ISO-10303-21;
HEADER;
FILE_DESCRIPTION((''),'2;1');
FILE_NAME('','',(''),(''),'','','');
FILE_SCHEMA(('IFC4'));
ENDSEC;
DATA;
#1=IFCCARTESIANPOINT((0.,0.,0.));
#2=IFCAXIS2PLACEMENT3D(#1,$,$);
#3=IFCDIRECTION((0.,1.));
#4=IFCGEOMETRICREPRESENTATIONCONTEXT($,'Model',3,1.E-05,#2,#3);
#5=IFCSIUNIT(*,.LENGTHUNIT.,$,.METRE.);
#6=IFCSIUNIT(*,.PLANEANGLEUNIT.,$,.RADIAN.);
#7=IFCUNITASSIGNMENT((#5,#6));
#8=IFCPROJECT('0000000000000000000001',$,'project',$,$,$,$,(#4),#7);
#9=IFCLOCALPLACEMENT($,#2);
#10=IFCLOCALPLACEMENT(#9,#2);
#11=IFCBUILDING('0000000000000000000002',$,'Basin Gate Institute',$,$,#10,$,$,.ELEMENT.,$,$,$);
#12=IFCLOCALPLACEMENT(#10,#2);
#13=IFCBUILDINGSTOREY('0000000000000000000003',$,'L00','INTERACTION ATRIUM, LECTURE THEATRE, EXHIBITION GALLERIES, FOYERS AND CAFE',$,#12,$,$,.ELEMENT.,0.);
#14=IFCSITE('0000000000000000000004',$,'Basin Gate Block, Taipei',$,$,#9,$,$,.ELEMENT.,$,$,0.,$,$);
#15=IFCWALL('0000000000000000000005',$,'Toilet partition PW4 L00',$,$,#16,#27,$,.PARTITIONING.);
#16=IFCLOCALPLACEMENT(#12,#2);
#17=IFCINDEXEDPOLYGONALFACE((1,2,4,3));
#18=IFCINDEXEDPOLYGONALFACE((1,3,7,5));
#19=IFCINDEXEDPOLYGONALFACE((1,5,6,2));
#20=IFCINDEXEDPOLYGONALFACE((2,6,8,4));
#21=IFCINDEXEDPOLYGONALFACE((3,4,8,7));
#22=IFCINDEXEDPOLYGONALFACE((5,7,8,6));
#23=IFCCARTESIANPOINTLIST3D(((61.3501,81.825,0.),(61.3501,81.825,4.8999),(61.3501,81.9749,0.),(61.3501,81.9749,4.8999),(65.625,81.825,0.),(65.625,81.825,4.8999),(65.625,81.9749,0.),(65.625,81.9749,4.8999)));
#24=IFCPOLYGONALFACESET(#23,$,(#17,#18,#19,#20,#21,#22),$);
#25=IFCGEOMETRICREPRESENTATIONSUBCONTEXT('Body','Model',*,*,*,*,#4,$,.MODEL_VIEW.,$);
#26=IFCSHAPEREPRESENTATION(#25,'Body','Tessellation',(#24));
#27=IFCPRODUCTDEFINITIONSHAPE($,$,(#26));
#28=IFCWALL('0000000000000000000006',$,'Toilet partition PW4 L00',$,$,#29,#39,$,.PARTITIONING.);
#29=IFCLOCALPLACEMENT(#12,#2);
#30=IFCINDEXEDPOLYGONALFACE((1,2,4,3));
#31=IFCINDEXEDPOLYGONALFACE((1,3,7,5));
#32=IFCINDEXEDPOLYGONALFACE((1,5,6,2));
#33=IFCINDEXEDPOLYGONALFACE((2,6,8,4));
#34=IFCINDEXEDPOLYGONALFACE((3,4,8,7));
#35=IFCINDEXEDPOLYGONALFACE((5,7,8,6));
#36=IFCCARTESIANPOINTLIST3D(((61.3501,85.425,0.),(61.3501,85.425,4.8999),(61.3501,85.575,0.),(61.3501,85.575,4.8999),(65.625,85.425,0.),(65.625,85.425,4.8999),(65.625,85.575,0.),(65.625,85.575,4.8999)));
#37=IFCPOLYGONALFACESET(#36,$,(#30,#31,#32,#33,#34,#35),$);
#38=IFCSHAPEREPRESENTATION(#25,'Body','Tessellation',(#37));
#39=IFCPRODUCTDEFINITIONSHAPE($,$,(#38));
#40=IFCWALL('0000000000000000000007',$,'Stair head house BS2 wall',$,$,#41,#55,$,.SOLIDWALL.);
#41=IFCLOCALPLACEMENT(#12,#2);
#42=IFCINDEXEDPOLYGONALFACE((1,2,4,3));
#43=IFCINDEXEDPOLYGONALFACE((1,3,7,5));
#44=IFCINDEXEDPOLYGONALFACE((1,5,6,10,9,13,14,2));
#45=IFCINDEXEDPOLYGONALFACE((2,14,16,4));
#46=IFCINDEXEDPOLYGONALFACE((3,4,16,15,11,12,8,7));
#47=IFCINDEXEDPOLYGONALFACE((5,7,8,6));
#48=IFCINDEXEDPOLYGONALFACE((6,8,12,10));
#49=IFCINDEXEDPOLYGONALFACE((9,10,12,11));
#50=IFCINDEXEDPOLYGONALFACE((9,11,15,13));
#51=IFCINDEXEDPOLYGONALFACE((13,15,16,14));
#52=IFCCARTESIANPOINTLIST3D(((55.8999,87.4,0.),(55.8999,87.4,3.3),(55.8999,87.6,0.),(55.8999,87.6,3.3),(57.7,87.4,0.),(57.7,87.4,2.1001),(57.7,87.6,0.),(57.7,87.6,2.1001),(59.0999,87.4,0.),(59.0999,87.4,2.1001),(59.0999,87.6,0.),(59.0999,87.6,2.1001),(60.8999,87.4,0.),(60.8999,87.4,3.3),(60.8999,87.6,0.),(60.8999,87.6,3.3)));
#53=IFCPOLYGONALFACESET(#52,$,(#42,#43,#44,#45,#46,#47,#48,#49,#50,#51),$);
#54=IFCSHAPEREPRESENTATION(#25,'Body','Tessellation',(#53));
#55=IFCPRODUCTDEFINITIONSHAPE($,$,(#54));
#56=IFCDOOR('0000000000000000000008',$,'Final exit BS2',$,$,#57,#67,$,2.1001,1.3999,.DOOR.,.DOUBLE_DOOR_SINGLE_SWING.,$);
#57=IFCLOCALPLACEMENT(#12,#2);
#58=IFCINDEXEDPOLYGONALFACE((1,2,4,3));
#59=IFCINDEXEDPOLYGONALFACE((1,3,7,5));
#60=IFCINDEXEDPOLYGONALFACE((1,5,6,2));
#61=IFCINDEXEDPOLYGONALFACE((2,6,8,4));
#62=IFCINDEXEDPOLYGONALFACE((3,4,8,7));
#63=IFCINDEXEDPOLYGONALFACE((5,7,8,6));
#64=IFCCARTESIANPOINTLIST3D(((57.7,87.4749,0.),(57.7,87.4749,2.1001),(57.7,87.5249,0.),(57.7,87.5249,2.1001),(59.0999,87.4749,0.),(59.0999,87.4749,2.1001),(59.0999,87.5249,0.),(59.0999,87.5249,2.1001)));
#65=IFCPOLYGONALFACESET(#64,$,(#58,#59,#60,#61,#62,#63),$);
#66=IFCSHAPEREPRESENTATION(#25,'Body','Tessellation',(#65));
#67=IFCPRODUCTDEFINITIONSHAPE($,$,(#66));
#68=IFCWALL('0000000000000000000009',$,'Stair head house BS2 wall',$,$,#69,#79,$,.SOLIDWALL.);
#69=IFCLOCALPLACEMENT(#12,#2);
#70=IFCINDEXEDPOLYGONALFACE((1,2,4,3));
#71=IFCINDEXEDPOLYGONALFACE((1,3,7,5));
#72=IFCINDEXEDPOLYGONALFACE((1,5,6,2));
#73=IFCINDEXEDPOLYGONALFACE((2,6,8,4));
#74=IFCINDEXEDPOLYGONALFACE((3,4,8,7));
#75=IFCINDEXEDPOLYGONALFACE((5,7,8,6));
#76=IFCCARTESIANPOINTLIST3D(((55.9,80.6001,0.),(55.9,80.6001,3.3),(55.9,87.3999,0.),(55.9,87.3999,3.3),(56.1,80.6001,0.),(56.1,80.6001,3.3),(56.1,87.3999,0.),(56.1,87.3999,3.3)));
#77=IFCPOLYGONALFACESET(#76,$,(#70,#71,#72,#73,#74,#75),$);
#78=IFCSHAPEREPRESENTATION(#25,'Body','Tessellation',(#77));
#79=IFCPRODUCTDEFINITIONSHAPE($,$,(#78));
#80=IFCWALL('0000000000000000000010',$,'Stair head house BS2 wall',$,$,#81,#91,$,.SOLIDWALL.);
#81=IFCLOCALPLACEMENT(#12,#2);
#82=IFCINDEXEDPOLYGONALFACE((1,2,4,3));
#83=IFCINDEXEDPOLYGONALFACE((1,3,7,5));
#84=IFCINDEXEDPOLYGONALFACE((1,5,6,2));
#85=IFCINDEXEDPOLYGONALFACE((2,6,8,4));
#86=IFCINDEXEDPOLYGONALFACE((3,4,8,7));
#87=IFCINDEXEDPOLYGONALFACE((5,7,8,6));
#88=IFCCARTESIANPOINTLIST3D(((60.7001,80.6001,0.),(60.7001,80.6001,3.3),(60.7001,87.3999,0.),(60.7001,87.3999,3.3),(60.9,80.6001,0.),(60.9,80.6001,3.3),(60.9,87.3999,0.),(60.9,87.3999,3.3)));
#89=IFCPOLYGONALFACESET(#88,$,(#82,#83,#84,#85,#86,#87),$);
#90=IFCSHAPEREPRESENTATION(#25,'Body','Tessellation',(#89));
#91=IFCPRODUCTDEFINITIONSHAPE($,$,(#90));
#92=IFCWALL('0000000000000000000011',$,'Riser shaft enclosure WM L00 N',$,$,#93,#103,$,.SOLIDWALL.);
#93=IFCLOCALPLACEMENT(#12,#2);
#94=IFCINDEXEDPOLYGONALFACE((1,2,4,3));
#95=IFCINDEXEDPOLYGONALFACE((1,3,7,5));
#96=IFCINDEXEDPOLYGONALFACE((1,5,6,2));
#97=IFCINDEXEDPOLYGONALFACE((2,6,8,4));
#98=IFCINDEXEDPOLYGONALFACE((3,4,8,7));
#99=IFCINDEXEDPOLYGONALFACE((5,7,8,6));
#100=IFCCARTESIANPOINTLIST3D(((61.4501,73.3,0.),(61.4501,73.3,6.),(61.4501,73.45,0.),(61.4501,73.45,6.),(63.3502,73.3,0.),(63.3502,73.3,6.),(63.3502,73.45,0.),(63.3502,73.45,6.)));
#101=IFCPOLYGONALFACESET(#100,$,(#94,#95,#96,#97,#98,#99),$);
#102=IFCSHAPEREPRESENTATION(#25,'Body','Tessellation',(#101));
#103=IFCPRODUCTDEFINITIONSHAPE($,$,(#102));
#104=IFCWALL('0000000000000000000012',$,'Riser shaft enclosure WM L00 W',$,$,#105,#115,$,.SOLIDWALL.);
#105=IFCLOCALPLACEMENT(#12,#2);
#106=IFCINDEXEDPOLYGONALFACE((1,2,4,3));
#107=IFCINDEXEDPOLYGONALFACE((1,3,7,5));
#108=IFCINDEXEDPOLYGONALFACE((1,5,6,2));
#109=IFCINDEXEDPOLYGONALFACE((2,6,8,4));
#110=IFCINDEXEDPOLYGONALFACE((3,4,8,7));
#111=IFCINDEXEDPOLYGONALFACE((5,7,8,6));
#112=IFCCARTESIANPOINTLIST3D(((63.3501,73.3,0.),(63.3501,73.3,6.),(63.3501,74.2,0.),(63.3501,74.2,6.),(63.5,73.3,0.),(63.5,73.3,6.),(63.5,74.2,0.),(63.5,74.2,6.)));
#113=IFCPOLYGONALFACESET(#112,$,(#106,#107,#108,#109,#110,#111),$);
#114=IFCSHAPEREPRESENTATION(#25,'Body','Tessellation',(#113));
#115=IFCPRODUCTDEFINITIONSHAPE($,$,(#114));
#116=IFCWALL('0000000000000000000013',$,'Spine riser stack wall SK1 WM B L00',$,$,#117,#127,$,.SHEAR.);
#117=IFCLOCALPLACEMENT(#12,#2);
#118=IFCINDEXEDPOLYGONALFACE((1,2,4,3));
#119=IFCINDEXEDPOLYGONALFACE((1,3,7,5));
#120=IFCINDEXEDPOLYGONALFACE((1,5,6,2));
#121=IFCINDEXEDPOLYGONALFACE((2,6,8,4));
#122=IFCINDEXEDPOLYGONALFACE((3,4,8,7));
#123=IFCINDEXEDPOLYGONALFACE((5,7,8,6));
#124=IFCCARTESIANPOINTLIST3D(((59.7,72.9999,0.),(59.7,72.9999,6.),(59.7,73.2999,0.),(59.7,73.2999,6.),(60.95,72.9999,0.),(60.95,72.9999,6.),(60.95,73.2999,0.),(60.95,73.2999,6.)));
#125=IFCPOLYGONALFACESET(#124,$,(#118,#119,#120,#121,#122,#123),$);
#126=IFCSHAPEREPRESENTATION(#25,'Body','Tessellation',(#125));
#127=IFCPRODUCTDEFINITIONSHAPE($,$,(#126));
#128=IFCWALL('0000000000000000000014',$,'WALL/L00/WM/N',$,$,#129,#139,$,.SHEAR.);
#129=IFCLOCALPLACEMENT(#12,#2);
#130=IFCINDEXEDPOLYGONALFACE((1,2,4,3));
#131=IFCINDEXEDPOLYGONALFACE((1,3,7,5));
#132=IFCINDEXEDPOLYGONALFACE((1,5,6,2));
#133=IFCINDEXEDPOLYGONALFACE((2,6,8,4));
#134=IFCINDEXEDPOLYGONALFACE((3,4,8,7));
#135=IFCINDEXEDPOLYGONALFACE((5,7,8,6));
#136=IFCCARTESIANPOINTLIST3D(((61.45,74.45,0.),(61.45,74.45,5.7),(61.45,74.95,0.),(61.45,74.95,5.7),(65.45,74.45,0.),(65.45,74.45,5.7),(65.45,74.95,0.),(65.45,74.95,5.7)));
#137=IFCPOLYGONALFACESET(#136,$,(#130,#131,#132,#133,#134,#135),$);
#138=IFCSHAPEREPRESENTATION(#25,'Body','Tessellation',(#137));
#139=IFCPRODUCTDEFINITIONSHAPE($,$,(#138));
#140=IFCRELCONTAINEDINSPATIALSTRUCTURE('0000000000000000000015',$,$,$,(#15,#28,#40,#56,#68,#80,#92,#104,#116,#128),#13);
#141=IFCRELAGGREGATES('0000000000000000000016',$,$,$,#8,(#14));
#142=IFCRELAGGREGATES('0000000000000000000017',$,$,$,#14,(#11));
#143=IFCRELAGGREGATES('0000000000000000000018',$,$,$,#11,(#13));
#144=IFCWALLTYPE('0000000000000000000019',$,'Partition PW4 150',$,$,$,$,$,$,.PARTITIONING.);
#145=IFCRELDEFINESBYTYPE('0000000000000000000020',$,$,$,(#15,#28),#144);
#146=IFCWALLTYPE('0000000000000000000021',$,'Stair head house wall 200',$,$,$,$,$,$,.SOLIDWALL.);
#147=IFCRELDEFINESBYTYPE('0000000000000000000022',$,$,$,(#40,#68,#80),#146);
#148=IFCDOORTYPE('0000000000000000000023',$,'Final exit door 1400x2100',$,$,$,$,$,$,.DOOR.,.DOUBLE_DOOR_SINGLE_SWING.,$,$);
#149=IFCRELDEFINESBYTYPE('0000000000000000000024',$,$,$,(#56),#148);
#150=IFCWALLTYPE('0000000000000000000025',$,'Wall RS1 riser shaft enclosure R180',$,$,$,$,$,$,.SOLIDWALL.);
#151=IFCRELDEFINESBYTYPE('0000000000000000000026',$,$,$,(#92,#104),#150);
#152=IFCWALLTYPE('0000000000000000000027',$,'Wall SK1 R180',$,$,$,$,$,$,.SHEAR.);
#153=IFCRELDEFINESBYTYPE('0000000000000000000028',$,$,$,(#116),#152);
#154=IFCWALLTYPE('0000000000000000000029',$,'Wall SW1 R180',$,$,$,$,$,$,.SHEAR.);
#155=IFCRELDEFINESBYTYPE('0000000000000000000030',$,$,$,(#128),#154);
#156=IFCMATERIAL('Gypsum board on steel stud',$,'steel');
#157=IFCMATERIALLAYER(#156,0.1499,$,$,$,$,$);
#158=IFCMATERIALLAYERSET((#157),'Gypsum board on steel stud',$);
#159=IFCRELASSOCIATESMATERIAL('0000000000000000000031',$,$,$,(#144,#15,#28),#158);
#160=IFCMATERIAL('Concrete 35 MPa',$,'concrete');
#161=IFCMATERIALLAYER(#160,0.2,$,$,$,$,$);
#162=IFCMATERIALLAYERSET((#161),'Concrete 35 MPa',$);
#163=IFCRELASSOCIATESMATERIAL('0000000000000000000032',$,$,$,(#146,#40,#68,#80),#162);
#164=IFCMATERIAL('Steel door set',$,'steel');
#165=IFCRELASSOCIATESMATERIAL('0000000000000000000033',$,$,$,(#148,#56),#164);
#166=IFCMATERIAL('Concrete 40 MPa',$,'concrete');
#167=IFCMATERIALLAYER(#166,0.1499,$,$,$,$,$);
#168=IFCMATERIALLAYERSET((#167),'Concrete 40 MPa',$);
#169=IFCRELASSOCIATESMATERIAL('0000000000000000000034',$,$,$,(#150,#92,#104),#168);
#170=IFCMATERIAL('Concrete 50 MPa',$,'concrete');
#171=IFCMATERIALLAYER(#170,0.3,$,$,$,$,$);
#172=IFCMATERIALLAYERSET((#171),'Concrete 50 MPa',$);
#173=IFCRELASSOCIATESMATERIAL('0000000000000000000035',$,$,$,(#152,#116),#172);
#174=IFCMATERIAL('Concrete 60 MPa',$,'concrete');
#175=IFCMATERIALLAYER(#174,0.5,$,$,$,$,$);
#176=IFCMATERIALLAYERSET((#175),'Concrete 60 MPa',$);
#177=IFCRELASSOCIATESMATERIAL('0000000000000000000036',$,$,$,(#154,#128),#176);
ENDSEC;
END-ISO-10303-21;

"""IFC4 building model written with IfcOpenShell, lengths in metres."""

from ifc_helpers import new_model, si_unit, direction, frame, frame_2d, origin, place, context, subcontext, project, spatial, rectangle, extrude, material, layer, layer_set, type_object, element, fill, save


model = new_model("IFC4")

# Units and contexts
model_context = context("Model", 3, precision=1e-05, world=origin(), true_north=direction((0.0, 1.0)))
body_context = subcontext(model_context, "Body", "Model", "MODEL_VIEW")
ifc_project = project(units=[si_unit("LENGTHUNIT", "METRE"), si_unit("PLANEANGLEUNIT", "RADIAN")], contexts=[model_context])

# Site, building, storey
site_placement = place(None, origin())
site = spatial("IfcSite", under=ifc_project, at=site_placement, Name="Basin Gate Block, Taipei", CompositionType="ELEMENT", RefElevation=0.0)
building_placement = place(site_placement, origin())
building = spatial("IfcBuilding", under=site, at=building_placement, Name="Basin Gate Institute", CompositionType="ELEMENT")
storey_placement = place(building_placement, origin())
storey = spatial("IfcBuildingStorey", under=building, at=storey_placement, Name="L00", Description="INTERACTION ATRIUM, LECTURE THEATRE, EXHIBITION GALLERIES, FOYERS AND CAFE", CompositionType="ELEMENT", Elevation=0.0)

# Walls
ifc_material_1 = material(Name="Gypsum board on steel stud", Category="steel")
ifc_layer_1 = layer(ifc_material_1, 0.1499)
ifc_layer_set_1 = layer_set([ifc_layer_1], Name="Gypsum board on steel stud")
wall_type_1 = type_object("IfcWallType", Name="Partition PW4 150", PredefinedType="PARTITIONING", material=ifc_layer_set_1)
for number, where, z_axis, x_axis, name in (
    (1, (61.3501, 81.8999, 0.0), (0.0, 0.0, 1.0), (1.0, 0.0, 0.0), "Toilet partition PW4 L00"),
    (2, (61.3501, 85.5, 0.0), (0.0, 0.0, 1.0), (1.0, 0.0, 0.0), "Toilet partition PW4 L00"),
):
    element("IfcWall", number, at=place(storey_placement, frame(where, z_axis=z_axis, x_axis=x_axis)), inside=storey, type_object=wall_type_1, material=ifc_layer_set_1, Name=name, PredefinedType="PARTITIONING", context=body_context, shape_type="SweptSolid", body=[
        extrude(rectangle(XDim=4.2749, YDim=0.1499, at=frame_2d((2.1375, 0.0))), origin(), (0.0, 0.0, 1.0), 4.8999),
    ])

# Wall, opening, door
ifc_material_2 = material(Name="Concrete 35 MPa", Category="concrete")
ifc_layer_2 = layer(ifc_material_2, 0.2)
ifc_layer_set_2 = layer_set([ifc_layer_2], Name="Concrete 35 MPa")
wall_type_2 = type_object("IfcWallType", Name="Stair head house wall 200", PredefinedType="SOLIDWALL", material=ifc_layer_set_2)
wall_1_placement = place(storey_placement, frame((55.8999, 87.5, 0.0), z_axis=(0.0, 0.0, 1.0), x_axis=(1.0, 0.0, 0.0)))
wall_1 = element("IfcWall", 3, at=wall_1_placement, inside=storey, type_object=wall_type_2, material=ifc_layer_set_2, Name="Stair head house BS2 wall", PredefinedType="SOLIDWALL", context=body_context, shape_type="SweptSolid", body=[
    extrude(rectangle(XDim=5.0, YDim=0.2, at=frame_2d((2.5, 0.0))), origin(), (0.0, 0.0, 1.0), 3.3),
])
opening_1_placement = place(wall_1_placement, frame((1.8, 0.0, 0.0)))
opening_1 = element("IfcOpeningElement", 4, at=opening_1_placement, cuts=wall_1, PredefinedType="OPENING", context=body_context, shape_type="SweptSolid", body=[
    extrude(rectangle(XDim=1.3999, YDim=2.1001, at=frame_2d((0.7, 1.05))), frame((0.0, 0.1099, 0.0), z_axis=(0.0, -1.0, 0.0), x_axis=(1.0, 0.0, 0.0)), (0.0, 0.0, 1.0), 0.22),
])
ifc_material_3 = material(Name="Steel door set", Category="steel")
door_type_1 = type_object("IfcDoorType", Name="Final exit door 1400x2100", OperationType="DOUBLE_DOOR_SINGLE_SWING", PredefinedType="DOOR", material=ifc_material_3)
door_1_placement = place(opening_1_placement, origin())
door_1 = element("IfcDoor", 5, at=door_1_placement, inside=storey, type_object=door_type_1, material=ifc_material_3, Name="Final exit BS2", OperationType="DOUBLE_DOOR_SINGLE_SWING", OverallHeight=2.1001, OverallWidth=1.3999, PredefinedType="DOOR", context=body_context, shape_type="SweptSolid", body=[
    extrude(rectangle(XDim=1.3999, YDim=2.1001, at=frame_2d((0.7, 1.05))), frame((0.0, 0.0249, 0.0), z_axis=(0.0, -1.0, 0.0), x_axis=(1.0, 0.0, 0.0)), (0.0, 0.0, 1.0), 0.05),
])
fill(opening_1, door_1)

# Walls
for number, where, z_axis, x_axis, name in (
    (6, (56.0, 80.6001, 0.0), (0.0, 0.0, 1.0), (0.0, 1.0, 0.0), "Stair head house BS2 wall"),
    (7, (60.8, 80.6001, 0.0), (0.0, 0.0, 1.0), (0.0, 1.0, 0.0), "Stair head house BS2 wall"),
):
    element("IfcWall", number, at=place(storey_placement, frame(where, z_axis=z_axis, x_axis=x_axis)), inside=storey, type_object=wall_type_2, material=ifc_layer_set_2, Name=name, PredefinedType="SOLIDWALL", context=body_context, shape_type="SweptSolid", body=[
        extrude(rectangle(XDim=6.7998, YDim=0.2, at=frame_2d((3.3999, 0.0))), origin(), (0.0, 0.0, 1.0), 3.3),
    ])
ifc_material_4 = material(Name="Concrete 40 MPa", Category="concrete")
ifc_layer_3 = layer(ifc_material_4, 0.1499)
ifc_layer_set_3 = layer_set([ifc_layer_3], Name="Concrete 40 MPa")
wall_type_3 = type_object("IfcWallType", Name="Wall RS1 riser shaft enclosure R180", PredefinedType="SOLIDWALL", material=ifc_layer_set_3)
wall_2_placement = place(storey_placement, frame((61.45, 73.375, 0.0), z_axis=(0.0, 0.0, 1.0), x_axis=(1.0, 0.0, 0.0)))
element("IfcWall", 8, at=wall_2_placement, inside=storey, type_object=wall_type_3, material=ifc_layer_set_3, Name="Riser shaft enclosure WM L00 N", PredefinedType="SOLIDWALL", context=body_context, shape_type="SweptSolid", body=[
    extrude(rectangle(XDim=1.9001, YDim=0.1499, at=frame_2d((0.9502, 0.0))), origin(), (0.0, 0.0, 1.0), 6.0),
])
wall_3_placement = place(storey_placement, frame((63.425, 73.3, 0.0), z_axis=(0.0, 0.0, 1.0), x_axis=(0.0, 1.0, 0.0)))
element("IfcWall", 9, at=wall_3_placement, inside=storey, type_object=wall_type_3, material=ifc_layer_set_3, Name="Riser shaft enclosure WM L00 W", PredefinedType="SOLIDWALL", context=body_context, shape_type="SweptSolid", body=[
    extrude(rectangle(XDim=0.8999, YDim=0.1499, at=frame_2d((0.45, 0.0))), origin(), (0.0, 0.0, 1.0), 6.0),
])
ifc_material_5 = material(Name="Concrete 50 MPa", Category="concrete")
ifc_layer_4 = layer(ifc_material_5, 0.3)
ifc_layer_set_4 = layer_set([ifc_layer_4], Name="Concrete 50 MPa")
wall_type_4 = type_object("IfcWallType", Name="Wall SK1 R180", PredefinedType="SHEAR", material=ifc_layer_set_4)
wall_4_placement = place(storey_placement, frame((60.95, 73.1499, 0.0), z_axis=(0.0, 0.0, 1.0), x_axis=(-1.0, 0.0, 0.0)))
element("IfcWall", 10, at=wall_4_placement, inside=storey, type_object=wall_type_4, material=ifc_layer_set_4, Name="Spine riser stack wall SK1 WM B L00", PredefinedType="SHEAR", context=body_context, shape_type="SweptSolid", body=[
    extrude(rectangle(XDim=1.25, YDim=0.3, at=frame_2d((0.625, 0.0))), origin(), (0.0, 0.0, 1.0), 6.0),
])
ifc_material_6 = material(Name="Concrete 60 MPa", Category="concrete")
ifc_layer_5 = layer(ifc_material_6, 0.5)
ifc_layer_set_5 = layer_set([ifc_layer_5], Name="Concrete 60 MPa")
wall_type_5 = type_object("IfcWallType", Name="Wall SW1 R180", PredefinedType="SHEAR", material=ifc_layer_set_5)
wall_5_placement = place(storey_placement, frame((61.45, 74.7, 0.0), z_axis=(0.0, 0.0, 1.0), x_axis=(1.0, 0.0, 0.0)))
element("IfcWall", 11, at=wall_5_placement, inside=storey, type_object=wall_type_5, material=ifc_layer_set_5, Name="WALL/L00/WM/N", PredefinedType="SHEAR", context=body_context, shape_type="SweptSolid", body=[
    extrude(rectangle(XDim=4.0, YDim=0.5, at=frame_2d((2.0, 0.0))), origin(), (0.0, 0.0, 1.0), 5.7),
])

save(model, "model.ifc")
